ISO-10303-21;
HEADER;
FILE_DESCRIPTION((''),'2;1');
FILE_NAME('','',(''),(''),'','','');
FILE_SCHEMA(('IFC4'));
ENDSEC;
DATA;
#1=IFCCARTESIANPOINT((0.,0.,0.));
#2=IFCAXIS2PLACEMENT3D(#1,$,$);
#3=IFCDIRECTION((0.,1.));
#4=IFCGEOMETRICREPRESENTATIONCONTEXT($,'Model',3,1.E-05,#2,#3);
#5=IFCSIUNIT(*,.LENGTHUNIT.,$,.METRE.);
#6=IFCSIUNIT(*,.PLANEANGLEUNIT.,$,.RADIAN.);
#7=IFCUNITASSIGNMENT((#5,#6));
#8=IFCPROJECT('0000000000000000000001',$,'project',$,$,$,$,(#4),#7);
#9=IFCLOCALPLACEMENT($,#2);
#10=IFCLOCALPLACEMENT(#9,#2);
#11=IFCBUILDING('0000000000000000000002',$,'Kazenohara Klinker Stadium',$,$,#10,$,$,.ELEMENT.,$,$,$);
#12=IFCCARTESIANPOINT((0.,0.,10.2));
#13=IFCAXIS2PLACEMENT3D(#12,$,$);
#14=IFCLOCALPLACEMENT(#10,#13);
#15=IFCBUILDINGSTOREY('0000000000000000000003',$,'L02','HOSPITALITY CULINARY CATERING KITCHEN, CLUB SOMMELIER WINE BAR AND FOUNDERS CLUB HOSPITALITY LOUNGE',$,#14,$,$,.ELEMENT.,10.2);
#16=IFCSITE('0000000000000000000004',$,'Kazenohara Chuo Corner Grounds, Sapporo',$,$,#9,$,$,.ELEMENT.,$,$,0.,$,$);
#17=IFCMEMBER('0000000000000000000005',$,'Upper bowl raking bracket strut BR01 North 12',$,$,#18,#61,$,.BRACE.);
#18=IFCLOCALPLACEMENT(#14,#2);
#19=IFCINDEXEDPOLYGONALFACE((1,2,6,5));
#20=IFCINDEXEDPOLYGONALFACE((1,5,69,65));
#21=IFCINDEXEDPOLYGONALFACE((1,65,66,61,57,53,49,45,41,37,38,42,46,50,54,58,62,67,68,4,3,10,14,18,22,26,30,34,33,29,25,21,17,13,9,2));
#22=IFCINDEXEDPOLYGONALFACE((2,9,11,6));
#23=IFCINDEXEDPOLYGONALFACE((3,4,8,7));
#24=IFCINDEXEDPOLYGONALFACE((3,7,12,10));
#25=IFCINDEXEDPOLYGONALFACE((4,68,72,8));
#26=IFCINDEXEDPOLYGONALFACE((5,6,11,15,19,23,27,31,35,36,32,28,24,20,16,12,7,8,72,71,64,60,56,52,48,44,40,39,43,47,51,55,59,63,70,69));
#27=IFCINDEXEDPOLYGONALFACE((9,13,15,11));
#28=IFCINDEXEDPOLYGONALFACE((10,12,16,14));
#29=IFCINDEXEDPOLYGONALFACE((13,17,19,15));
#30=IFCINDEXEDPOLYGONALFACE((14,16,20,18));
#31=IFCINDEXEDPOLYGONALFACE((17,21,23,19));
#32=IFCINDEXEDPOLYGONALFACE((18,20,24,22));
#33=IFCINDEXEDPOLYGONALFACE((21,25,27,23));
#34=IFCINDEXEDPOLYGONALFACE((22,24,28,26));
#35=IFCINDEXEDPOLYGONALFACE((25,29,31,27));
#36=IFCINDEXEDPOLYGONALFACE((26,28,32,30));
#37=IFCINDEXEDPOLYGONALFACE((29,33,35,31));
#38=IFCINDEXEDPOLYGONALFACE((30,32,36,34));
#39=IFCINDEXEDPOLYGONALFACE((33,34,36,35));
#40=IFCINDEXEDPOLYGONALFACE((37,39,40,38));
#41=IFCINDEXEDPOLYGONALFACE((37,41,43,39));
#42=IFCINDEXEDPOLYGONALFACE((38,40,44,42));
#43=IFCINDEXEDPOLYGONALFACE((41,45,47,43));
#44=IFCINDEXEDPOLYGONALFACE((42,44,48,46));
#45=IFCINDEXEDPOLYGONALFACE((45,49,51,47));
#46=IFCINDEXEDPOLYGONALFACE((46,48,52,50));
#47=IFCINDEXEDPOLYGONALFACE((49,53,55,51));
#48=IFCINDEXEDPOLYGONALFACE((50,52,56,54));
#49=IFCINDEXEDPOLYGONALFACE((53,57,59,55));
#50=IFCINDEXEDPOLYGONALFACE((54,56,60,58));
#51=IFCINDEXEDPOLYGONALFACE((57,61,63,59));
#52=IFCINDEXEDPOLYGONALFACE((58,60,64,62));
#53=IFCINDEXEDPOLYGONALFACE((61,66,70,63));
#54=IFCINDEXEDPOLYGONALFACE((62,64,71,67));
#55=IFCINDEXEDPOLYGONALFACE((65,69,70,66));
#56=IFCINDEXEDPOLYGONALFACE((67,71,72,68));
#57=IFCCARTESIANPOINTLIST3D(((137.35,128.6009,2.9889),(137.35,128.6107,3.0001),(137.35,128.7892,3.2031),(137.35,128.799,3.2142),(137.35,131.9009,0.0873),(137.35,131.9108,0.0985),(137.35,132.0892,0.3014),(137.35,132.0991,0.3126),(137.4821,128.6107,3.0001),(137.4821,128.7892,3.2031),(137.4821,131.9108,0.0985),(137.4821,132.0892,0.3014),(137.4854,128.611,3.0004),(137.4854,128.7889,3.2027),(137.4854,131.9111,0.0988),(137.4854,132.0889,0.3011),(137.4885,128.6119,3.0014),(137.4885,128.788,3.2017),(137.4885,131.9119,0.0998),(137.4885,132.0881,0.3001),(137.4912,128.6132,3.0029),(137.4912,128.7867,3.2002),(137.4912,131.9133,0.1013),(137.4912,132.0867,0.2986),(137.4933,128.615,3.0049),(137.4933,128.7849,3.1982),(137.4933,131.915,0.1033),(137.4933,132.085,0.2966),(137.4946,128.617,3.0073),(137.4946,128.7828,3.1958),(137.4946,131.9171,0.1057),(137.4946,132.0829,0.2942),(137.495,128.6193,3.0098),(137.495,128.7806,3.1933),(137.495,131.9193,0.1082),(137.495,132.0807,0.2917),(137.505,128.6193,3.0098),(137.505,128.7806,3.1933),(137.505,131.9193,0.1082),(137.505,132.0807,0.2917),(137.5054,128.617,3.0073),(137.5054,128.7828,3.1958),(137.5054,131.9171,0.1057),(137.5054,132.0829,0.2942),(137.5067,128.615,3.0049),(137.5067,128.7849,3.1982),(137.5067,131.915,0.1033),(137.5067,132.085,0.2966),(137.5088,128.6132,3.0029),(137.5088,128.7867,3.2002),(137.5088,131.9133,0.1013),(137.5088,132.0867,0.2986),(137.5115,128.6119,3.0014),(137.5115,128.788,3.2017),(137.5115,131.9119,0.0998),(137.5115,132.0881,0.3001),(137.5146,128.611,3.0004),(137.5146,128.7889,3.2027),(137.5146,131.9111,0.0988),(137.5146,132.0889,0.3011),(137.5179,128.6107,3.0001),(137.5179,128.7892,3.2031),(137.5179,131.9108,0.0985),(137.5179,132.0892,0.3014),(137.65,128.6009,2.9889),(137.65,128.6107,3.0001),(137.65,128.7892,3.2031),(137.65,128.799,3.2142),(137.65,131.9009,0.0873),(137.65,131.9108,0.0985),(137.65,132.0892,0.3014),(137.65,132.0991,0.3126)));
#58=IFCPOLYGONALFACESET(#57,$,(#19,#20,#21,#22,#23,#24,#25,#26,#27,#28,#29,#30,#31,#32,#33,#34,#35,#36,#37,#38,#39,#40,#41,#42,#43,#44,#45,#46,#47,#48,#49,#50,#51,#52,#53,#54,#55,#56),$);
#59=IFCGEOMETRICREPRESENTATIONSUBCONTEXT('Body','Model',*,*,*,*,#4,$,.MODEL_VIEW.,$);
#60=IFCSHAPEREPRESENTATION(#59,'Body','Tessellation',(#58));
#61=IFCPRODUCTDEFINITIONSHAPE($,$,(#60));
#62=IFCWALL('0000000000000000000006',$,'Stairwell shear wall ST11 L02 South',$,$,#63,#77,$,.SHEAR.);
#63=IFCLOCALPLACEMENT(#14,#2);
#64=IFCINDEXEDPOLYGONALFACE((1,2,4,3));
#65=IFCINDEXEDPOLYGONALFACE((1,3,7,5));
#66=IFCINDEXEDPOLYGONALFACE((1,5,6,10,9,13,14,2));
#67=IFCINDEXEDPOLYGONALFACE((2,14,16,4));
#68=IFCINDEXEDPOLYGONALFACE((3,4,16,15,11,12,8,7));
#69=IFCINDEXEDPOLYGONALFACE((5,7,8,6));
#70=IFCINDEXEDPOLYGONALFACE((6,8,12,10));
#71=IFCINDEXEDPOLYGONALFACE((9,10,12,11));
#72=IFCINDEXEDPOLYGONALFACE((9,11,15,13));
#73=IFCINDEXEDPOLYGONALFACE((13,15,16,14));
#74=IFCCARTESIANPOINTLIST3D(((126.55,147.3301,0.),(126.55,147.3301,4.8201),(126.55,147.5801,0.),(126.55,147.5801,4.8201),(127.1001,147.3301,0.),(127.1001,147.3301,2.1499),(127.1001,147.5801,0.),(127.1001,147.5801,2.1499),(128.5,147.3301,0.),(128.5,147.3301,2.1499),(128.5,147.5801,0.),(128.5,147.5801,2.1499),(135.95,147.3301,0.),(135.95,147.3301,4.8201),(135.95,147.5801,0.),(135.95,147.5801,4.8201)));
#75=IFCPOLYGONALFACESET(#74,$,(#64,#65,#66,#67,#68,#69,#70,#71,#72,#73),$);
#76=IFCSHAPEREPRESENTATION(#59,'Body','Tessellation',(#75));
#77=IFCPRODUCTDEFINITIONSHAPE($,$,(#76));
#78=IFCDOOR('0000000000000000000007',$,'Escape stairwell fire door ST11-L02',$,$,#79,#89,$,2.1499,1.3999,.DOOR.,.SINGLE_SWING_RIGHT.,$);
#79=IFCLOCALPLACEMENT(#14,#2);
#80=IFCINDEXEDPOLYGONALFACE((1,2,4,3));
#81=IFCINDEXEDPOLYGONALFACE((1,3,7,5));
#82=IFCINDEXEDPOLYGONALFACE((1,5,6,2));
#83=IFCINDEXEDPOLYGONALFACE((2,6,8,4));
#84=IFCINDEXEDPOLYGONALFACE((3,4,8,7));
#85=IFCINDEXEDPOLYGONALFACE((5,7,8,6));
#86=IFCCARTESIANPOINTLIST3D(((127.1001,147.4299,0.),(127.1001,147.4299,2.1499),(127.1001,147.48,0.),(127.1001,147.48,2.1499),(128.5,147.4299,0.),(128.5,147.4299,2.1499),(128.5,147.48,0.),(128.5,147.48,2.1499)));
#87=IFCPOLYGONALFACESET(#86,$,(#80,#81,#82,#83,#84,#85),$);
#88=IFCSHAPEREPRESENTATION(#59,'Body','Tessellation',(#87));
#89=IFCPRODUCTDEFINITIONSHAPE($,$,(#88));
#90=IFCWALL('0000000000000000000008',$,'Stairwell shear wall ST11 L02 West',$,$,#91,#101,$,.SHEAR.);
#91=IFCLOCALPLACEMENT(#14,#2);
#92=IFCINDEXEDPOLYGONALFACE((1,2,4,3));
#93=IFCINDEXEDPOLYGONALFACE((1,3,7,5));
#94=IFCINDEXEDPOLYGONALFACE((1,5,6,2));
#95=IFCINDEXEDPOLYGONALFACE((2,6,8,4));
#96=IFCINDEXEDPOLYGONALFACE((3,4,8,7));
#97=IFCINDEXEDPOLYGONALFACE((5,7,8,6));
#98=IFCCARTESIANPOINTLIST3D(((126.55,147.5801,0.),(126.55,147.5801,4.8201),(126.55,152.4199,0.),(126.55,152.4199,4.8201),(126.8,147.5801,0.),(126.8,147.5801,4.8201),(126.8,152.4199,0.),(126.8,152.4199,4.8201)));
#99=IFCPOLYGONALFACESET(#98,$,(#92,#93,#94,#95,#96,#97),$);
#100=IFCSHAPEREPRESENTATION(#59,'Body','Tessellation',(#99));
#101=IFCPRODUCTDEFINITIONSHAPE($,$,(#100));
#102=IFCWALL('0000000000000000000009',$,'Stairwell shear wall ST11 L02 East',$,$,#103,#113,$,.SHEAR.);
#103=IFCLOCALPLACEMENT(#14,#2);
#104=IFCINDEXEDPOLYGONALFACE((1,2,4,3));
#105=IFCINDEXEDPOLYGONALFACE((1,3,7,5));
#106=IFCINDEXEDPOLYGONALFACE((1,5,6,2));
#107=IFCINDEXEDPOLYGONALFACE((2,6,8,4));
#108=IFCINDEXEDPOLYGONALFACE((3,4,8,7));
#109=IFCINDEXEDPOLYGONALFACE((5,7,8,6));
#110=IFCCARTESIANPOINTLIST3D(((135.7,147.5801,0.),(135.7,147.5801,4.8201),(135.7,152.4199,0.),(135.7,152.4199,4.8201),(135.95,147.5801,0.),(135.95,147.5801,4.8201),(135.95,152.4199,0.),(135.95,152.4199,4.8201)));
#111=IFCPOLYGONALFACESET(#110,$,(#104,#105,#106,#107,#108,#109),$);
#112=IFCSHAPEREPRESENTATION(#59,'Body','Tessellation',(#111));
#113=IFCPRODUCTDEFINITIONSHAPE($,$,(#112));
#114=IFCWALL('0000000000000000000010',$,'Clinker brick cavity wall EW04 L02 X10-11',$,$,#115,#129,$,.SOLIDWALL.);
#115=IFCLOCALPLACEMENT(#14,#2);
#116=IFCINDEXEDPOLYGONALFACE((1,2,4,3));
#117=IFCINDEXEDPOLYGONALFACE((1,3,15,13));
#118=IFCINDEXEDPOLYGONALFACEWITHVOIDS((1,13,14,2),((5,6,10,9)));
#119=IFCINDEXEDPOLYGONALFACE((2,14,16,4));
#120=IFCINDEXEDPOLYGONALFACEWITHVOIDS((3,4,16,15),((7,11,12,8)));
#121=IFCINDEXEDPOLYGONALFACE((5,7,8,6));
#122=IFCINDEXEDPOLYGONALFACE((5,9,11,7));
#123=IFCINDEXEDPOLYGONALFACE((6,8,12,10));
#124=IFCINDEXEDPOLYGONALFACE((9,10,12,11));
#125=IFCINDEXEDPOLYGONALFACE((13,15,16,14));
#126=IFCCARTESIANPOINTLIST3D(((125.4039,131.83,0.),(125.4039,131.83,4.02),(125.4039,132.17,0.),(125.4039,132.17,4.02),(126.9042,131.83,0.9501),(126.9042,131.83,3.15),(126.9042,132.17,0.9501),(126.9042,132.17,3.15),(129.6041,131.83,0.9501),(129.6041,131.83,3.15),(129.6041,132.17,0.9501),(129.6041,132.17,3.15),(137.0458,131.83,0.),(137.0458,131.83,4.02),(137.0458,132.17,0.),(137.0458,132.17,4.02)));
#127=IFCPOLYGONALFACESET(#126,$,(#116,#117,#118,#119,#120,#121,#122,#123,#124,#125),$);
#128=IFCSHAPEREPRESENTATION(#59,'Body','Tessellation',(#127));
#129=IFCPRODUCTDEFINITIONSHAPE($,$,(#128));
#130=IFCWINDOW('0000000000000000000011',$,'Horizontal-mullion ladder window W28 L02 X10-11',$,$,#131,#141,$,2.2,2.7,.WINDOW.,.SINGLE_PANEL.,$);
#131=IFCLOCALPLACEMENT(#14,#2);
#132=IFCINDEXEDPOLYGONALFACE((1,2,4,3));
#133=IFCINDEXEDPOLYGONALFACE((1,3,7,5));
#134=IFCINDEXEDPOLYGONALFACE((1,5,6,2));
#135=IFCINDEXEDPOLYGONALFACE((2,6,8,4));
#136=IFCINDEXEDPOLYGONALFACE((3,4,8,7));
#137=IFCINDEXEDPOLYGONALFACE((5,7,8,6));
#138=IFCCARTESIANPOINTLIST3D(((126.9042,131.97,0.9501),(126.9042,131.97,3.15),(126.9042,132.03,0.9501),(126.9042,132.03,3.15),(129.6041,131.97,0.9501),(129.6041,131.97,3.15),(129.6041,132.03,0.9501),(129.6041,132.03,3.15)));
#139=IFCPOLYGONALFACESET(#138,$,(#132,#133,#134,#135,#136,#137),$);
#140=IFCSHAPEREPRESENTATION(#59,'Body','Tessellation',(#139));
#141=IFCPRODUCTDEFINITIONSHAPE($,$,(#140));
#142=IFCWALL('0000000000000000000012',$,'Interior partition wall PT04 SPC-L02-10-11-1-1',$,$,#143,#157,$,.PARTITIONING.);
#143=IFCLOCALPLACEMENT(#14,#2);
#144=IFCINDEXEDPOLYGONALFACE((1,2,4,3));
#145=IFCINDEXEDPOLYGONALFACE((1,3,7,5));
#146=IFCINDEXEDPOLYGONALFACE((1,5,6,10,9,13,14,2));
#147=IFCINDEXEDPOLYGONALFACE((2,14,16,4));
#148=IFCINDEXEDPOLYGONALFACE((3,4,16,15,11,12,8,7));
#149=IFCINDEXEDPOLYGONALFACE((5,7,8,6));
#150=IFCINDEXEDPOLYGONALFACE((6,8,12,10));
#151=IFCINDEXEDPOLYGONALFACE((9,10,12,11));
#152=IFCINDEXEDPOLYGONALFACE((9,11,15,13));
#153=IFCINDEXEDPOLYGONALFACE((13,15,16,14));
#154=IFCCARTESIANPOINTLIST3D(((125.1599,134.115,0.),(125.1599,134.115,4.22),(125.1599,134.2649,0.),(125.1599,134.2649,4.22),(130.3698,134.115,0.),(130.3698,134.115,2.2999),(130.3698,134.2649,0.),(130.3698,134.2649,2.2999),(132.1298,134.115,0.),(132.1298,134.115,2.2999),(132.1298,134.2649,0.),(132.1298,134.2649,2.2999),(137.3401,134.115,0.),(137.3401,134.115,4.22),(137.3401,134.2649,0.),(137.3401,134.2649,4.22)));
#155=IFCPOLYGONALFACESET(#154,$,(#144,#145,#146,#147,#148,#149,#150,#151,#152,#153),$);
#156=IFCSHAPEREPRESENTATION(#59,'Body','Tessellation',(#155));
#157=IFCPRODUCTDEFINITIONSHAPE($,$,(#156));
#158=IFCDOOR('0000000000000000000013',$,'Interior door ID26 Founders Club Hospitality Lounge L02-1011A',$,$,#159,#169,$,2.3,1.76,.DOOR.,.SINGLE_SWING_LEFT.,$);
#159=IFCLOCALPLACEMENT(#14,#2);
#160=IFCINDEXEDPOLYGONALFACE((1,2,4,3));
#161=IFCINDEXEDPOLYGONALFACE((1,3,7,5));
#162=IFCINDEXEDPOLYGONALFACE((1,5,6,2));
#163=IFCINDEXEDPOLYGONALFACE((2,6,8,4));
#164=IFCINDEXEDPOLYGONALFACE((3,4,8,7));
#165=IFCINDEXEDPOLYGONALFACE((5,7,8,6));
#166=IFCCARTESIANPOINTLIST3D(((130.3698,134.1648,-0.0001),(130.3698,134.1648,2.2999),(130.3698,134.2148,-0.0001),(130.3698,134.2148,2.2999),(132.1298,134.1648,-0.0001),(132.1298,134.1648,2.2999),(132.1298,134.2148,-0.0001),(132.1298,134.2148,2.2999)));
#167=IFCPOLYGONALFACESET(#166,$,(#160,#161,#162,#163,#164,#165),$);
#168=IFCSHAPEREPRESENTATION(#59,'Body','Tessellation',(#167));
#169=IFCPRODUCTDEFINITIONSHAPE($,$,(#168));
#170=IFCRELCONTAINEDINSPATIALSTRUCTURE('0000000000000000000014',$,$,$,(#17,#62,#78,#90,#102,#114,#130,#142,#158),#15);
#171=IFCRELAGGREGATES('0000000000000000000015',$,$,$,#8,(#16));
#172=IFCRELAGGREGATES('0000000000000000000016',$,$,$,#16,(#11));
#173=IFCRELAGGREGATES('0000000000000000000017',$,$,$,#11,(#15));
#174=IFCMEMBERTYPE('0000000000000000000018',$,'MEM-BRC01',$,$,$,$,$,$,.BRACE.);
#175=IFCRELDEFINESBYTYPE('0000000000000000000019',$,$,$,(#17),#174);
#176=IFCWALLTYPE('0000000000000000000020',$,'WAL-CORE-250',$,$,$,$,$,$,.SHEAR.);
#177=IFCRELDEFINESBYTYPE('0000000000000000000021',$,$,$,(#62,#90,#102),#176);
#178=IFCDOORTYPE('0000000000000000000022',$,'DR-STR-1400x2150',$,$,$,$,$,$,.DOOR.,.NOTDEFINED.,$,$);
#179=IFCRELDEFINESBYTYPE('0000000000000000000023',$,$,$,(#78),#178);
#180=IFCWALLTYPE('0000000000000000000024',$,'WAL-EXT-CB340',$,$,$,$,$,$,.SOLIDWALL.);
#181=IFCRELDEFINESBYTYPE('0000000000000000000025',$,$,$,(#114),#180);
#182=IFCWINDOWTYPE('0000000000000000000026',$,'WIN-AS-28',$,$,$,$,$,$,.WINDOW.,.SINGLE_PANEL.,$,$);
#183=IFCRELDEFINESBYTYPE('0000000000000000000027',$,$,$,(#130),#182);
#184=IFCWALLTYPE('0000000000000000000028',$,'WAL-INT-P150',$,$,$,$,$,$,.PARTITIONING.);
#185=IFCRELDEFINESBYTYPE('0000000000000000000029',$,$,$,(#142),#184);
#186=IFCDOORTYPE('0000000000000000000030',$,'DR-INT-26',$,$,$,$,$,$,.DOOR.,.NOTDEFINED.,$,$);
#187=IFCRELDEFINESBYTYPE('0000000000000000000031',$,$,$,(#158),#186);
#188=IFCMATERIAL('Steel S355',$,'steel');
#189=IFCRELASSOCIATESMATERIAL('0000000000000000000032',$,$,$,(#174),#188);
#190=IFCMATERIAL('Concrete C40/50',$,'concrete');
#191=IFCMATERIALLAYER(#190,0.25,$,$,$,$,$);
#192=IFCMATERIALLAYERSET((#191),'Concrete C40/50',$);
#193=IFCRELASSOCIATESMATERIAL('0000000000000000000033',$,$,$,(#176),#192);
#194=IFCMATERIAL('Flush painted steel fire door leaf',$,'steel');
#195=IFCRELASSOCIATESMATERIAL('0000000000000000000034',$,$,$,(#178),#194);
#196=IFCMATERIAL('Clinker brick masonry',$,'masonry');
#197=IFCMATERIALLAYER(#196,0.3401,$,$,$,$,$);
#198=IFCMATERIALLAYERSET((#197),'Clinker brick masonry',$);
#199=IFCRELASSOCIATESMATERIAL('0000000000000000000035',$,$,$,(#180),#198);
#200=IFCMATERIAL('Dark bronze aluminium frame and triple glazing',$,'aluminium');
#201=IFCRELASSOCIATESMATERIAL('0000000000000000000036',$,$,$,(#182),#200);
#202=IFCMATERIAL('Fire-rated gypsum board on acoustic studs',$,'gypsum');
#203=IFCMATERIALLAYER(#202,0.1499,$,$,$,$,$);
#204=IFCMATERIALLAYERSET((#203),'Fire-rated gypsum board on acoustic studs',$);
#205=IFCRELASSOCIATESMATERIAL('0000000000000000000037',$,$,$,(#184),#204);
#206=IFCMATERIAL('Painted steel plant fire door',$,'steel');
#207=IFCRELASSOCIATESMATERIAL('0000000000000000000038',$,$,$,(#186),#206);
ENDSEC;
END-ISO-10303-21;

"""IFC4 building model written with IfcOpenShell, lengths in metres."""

from ifc_helpers import new_model, si_unit, direction, frame, frame_2d, origin, origin_2d, place, context, subcontext, project, spatial, rectangle, i_section, extrude, material, layer, layer_set, material_profile, profile_set, type_object, element, fill, save


model = new_model("IFC4")

# Units and contexts
model_context = context("Model", 3, precision=1e-05, world=origin(), true_north=direction((0.0, 1.0)))
body_context = subcontext(model_context, "Body", "Model", "MODEL_VIEW")
ifc_project = project(units=[si_unit("LENGTHUNIT", "METRE"), si_unit("PLANEANGLEUNIT", "RADIAN")], contexts=[model_context])

# Site, building, storey
site_placement = place(None, origin())
site = spatial("IfcSite", under=ifc_project, at=site_placement, Name="Kazenohara Chuo Corner Grounds, Sapporo", CompositionType="ELEMENT", RefElevation=0.0)
building_placement = place(site_placement, origin())
building = spatial("IfcBuilding", under=site, at=building_placement, Name="Kazenohara Klinker Stadium", CompositionType="ELEMENT")
storey_placement = place(building_placement, frame((0.0, 0.0, 10.2)))
storey = spatial("IfcBuildingStorey", under=building, at=storey_placement, Name="L02", Description="HOSPITALITY CULINARY CATERING KITCHEN, CLUB SOMMELIER WINE BAR AND FOUNDERS CLUB HOSPITALITY LOUNGE", CompositionType="ELEMENT", Elevation=10.2)

# Shared definitions
ifc_material_1 = material(Name="Concrete C40/50", Category="concrete")

# Shared definitions
ifc_material_2 = material(Name="Steel S355", Category="steel")

# Member
ifc_material_profile_1 = material_profile(ifc_material_2, i_section(OverallWidth=0.3, OverallDepth=0.3, WebThickness=0.01, FlangeThickness=0.0149, FilletRadius=0.0129, at=origin_2d()), Name="H-300x300x10x15")
ifc_profile_set_1 = profile_set([ifc_material_profile_1], Name="Steel S355")
member_type = type_object("IfcMemberType", Name="MEM-BRC01", PredefinedType="BRACE", material=ifc_profile_set_1)
member_placement = place(storey_placement, frame((137.5, 132.0, 0.2), z_axis=(0.0, -0.750988, 0.660316), x_axis=(1.0, 0.0, 0.0)))
element("IfcMember", 1, at=member_placement, inside=storey, type_object=member_type, Name="Upper bowl raking bracket strut BR01 North 12", PredefinedType="BRACE", context=body_context, shape_type="SweptSolid", body=[
    extrude(i_section(OverallWidth=0.3, OverallDepth=0.3, WebThickness=0.01, FlangeThickness=0.0149, FilletRadius=0.0129, at=origin_2d()), origin(), (0.0, 0.0, 1.0), 4.3943),
])

# Wall, opening, door
ifc_layer_1 = layer(ifc_material_1, 0.25)
ifc_layer_set_1 = layer_set([ifc_layer_1], Name="Concrete C40/50")
wall_type_1 = type_object("IfcWallType", Name="WAL-CORE-250", PredefinedType="SHEAR", material=ifc_layer_set_1)
wall_1_placement = place(storey_placement, frame((126.55, 147.4551, 0.0), z_axis=(0.0, 0.0, 1.0), x_axis=(1.0, 0.0, 0.0)))
wall_1 = element("IfcWall", 2, at=wall_1_placement, inside=storey, type_object=wall_type_1, Name="Stairwell shear wall ST11 L02 South", PredefinedType="SHEAR", context=body_context, shape_type="SweptSolid", body=[
    extrude(rectangle(XDim=9.3999, YDim=0.25, at=frame_2d((4.7, 0.0))), origin(), (0.0, 0.0, 1.0), 4.8201),
])
opening_1_placement = place(wall_1_placement, frame((0.55, 0.0, 0.0)))
opening_1 = element("IfcOpeningElement", 3, at=opening_1_placement, cuts=wall_1, PredefinedType="OPENING", context=body_context, shape_type="SweptSolid", body=[
    extrude(rectangle(XDim=1.3999, YDim=2.1499, at=frame_2d((0.7, 1.075))), frame((0.0, 0.135, 0.0), z_axis=(0.0, -1.0, 0.0), x_axis=(1.0, 0.0, 0.0)), (0.0, 0.0, 1.0), 0.27),
])
ifc_material_3 = material(Name="Flush painted steel fire door leaf", Category="steel")
door_type_1 = type_object("IfcDoorType", Name="DR-STR-1400x2150", OperationType="NOTDEFINED", PredefinedType="DOOR", material=ifc_material_3)
door_1_placement = place(opening_1_placement, origin())
door_1 = element("IfcDoor", 4, at=door_1_placement, inside=storey, type_object=door_type_1, Name="Escape stairwell fire door ST11-L02", OperationType="SINGLE_SWING_RIGHT", OverallHeight=2.1499, OverallWidth=1.3999, PredefinedType="DOOR", context=body_context, shape_type="SweptSolid", body=[
    extrude(rectangle(XDim=1.3999, YDim=2.1499, at=frame_2d((0.7, 1.075))), frame((0.0, 0.0249, 0.0), z_axis=(0.0, -1.0, 0.0), x_axis=(1.0, 0.0, 0.0)), (0.0, 0.0, 1.0), 0.05),
])
fill(opening_1, door_1)

# Walls
for number, where, z_axis, x_axis, name in (
    (5, (126.675, 147.5801, 0.0), (0.0, 0.0, 1.0), (0.0, 1.0, 0.0), "Stairwell shear wall ST11 L02 West"),
    (6, (135.825, 147.5801, 0.0), (0.0, 0.0, 1.0), (0.0, 1.0, 0.0), "Stairwell shear wall ST11 L02 East"),
):
    element("IfcWall", number, at=place(storey_placement, frame(where, z_axis=z_axis, x_axis=x_axis)), inside=storey, type_object=wall_type_1, Name=name, PredefinedType="SHEAR", context=body_context, shape_type="SweptSolid", body=[
        extrude(rectangle(XDim=4.8398, YDim=0.25, at=frame_2d((2.4199, 0.0))), origin(), (0.0, 0.0, 1.0), 4.8201),
    ])

# Wall, opening, window
ifc_material_4 = material(Name="Clinker brick masonry", Category="masonry")
ifc_layer_2 = layer(ifc_material_4, 0.3401)
ifc_layer_set_2 = layer_set([ifc_layer_2], Name="Clinker brick masonry")
wall_type_2 = type_object("IfcWallType", Name="WAL-EXT-CB340", PredefinedType="SOLIDWALL", material=ifc_layer_set_2)
wall_2_placement = place(storey_placement, frame((125.4041, 132.0, 0.0), z_axis=(0.0, 0.0, 1.0), x_axis=(1.0, 0.0, 0.0)))
wall_2 = element("IfcWall", 7, at=wall_2_placement, inside=storey, type_object=wall_type_2, Name="Clinker brick cavity wall EW04 L02 X10-11", PredefinedType="SOLIDWALL", context=body_context, shape_type="SweptSolid", body=[
    extrude(rectangle(XDim=11.6418, YDim=0.3401, at=frame_2d((5.8208, 0.0))), origin(), (0.0, 0.0, 1.0), 4.02),
])
opening_2_placement = place(wall_2_placement, frame((1.5, 0.0, 0.95)))
opening_2 = element("IfcOpeningElement", 8, at=opening_2_placement, cuts=wall_2, PredefinedType="OPENING", context=body_context, shape_type="SweptSolid", body=[
    extrude(rectangle(XDim=2.7, YDim=2.2, at=frame_2d((1.3501, 1.1001))), frame((0.0, 0.1802, 0.0), z_axis=(0.0, -1.0, 0.0), x_axis=(1.0, 0.0, 0.0)), (0.0, 0.0, 1.0), 0.3601),
])
ifc_material_5 = material(Name="Dark bronze aluminium frame and triple glazing", Category="aluminium")
window_type = type_object("IfcWindowType", Name="WIN-AS-28", PartitioningType="SINGLE_PANEL", PredefinedType="WINDOW", material=ifc_material_5)
window_placement = place(opening_2_placement, origin())
window = element("IfcWindow", 9, at=window_placement, inside=storey, type_object=window_type, Name="Horizontal-mullion ladder window W28 L02 X10-11", OverallHeight=2.2, OverallWidth=2.7, PartitioningType="SINGLE_PANEL", PredefinedType="WINDOW", context=body_context, shape_type="SweptSolid", body=[
    extrude(rectangle(XDim=2.7, YDim=2.2, at=frame_2d((1.3501, 1.1001))), frame((0.0, 0.03, 0.0), z_axis=(0.0, -1.0, 0.0), x_axis=(1.0, 0.0, 0.0)), (0.0, 0.0, 1.0), 0.0601),
])
fill(opening_2, window)

# Wall, opening, door
ifc_material_6 = material(Name="Fire-rated gypsum board on acoustic studs", Category="gypsum")
ifc_layer_3 = layer(ifc_material_6, 0.1499)
ifc_layer_set_3 = layer_set([ifc_layer_3], Name="Fire-rated gypsum board on acoustic studs")
wall_type_3 = type_object("IfcWallType", Name="WAL-INT-P150", PredefinedType="PARTITIONING", material=ifc_layer_set_3)
wall_3_placement = place(storey_placement, frame((125.1599, 134.1899, 0.0), z_axis=(0.0, 0.0, 1.0), x_axis=(1.0, 0.0, 0.0)))
wall_3 = element("IfcWall", 10, at=wall_3_placement, inside=storey, type_object=wall_type_3, Name="Interior partition wall PT04 SPC-L02-10-11-1-1", PredefinedType="PARTITIONING", context=body_context, shape_type="SweptSolid", body=[
    extrude(rectangle(XDim=12.1802, YDim=0.1499, at=frame_2d((6.0901, 0.0))), origin(), (0.0, 0.0, 1.0), 4.22),
])
opening_3_placement = place(wall_3_placement, frame((5.21, 0.0, 0.0)))
opening_3 = element("IfcOpeningElement", 11, at=opening_3_placement, cuts=wall_3, PredefinedType="OPENING", context=body_context, shape_type="SweptSolid", body=[
    extrude(rectangle(XDim=1.76, YDim=2.3, at=frame_2d((0.8799, 1.1499))), frame((0.0, 0.085, 0.0), z_axis=(0.0, -1.0, 0.0), x_axis=(1.0, 0.0, 0.0)), (0.0, 0.0, 1.0), 0.1699),
])
ifc_material_7 = material(Name="Painted steel plant fire door", Category="steel")
door_type_2 = type_object("IfcDoorType", Name="DR-INT-26", OperationType="NOTDEFINED", PredefinedType="DOOR", material=ifc_material_7)
door_2_placement = place(opening_3_placement, origin())
door_2 = element("IfcDoor", 12, at=door_2_placement, inside=storey, type_object=door_type_2, Name="Interior door ID26 Founders Club Hospitality Lounge L02-1011A", OperationType="SINGLE_SWING_LEFT", OverallHeight=2.3, OverallWidth=1.76, PredefinedType="DOOR", context=body_context, shape_type="SweptSolid", body=[
    extrude(rectangle(XDim=1.76, YDim=2.3, at=frame_2d((0.8799, 1.1499))), frame((0.0, 0.0249, 0.0), z_axis=(0.0, -1.0, 0.0), x_axis=(1.0, 0.0, 0.0)), (0.0, 0.0, 1.0), 0.05),
])
fill(opening_3, door_2)

save(model, "model.ifc")
